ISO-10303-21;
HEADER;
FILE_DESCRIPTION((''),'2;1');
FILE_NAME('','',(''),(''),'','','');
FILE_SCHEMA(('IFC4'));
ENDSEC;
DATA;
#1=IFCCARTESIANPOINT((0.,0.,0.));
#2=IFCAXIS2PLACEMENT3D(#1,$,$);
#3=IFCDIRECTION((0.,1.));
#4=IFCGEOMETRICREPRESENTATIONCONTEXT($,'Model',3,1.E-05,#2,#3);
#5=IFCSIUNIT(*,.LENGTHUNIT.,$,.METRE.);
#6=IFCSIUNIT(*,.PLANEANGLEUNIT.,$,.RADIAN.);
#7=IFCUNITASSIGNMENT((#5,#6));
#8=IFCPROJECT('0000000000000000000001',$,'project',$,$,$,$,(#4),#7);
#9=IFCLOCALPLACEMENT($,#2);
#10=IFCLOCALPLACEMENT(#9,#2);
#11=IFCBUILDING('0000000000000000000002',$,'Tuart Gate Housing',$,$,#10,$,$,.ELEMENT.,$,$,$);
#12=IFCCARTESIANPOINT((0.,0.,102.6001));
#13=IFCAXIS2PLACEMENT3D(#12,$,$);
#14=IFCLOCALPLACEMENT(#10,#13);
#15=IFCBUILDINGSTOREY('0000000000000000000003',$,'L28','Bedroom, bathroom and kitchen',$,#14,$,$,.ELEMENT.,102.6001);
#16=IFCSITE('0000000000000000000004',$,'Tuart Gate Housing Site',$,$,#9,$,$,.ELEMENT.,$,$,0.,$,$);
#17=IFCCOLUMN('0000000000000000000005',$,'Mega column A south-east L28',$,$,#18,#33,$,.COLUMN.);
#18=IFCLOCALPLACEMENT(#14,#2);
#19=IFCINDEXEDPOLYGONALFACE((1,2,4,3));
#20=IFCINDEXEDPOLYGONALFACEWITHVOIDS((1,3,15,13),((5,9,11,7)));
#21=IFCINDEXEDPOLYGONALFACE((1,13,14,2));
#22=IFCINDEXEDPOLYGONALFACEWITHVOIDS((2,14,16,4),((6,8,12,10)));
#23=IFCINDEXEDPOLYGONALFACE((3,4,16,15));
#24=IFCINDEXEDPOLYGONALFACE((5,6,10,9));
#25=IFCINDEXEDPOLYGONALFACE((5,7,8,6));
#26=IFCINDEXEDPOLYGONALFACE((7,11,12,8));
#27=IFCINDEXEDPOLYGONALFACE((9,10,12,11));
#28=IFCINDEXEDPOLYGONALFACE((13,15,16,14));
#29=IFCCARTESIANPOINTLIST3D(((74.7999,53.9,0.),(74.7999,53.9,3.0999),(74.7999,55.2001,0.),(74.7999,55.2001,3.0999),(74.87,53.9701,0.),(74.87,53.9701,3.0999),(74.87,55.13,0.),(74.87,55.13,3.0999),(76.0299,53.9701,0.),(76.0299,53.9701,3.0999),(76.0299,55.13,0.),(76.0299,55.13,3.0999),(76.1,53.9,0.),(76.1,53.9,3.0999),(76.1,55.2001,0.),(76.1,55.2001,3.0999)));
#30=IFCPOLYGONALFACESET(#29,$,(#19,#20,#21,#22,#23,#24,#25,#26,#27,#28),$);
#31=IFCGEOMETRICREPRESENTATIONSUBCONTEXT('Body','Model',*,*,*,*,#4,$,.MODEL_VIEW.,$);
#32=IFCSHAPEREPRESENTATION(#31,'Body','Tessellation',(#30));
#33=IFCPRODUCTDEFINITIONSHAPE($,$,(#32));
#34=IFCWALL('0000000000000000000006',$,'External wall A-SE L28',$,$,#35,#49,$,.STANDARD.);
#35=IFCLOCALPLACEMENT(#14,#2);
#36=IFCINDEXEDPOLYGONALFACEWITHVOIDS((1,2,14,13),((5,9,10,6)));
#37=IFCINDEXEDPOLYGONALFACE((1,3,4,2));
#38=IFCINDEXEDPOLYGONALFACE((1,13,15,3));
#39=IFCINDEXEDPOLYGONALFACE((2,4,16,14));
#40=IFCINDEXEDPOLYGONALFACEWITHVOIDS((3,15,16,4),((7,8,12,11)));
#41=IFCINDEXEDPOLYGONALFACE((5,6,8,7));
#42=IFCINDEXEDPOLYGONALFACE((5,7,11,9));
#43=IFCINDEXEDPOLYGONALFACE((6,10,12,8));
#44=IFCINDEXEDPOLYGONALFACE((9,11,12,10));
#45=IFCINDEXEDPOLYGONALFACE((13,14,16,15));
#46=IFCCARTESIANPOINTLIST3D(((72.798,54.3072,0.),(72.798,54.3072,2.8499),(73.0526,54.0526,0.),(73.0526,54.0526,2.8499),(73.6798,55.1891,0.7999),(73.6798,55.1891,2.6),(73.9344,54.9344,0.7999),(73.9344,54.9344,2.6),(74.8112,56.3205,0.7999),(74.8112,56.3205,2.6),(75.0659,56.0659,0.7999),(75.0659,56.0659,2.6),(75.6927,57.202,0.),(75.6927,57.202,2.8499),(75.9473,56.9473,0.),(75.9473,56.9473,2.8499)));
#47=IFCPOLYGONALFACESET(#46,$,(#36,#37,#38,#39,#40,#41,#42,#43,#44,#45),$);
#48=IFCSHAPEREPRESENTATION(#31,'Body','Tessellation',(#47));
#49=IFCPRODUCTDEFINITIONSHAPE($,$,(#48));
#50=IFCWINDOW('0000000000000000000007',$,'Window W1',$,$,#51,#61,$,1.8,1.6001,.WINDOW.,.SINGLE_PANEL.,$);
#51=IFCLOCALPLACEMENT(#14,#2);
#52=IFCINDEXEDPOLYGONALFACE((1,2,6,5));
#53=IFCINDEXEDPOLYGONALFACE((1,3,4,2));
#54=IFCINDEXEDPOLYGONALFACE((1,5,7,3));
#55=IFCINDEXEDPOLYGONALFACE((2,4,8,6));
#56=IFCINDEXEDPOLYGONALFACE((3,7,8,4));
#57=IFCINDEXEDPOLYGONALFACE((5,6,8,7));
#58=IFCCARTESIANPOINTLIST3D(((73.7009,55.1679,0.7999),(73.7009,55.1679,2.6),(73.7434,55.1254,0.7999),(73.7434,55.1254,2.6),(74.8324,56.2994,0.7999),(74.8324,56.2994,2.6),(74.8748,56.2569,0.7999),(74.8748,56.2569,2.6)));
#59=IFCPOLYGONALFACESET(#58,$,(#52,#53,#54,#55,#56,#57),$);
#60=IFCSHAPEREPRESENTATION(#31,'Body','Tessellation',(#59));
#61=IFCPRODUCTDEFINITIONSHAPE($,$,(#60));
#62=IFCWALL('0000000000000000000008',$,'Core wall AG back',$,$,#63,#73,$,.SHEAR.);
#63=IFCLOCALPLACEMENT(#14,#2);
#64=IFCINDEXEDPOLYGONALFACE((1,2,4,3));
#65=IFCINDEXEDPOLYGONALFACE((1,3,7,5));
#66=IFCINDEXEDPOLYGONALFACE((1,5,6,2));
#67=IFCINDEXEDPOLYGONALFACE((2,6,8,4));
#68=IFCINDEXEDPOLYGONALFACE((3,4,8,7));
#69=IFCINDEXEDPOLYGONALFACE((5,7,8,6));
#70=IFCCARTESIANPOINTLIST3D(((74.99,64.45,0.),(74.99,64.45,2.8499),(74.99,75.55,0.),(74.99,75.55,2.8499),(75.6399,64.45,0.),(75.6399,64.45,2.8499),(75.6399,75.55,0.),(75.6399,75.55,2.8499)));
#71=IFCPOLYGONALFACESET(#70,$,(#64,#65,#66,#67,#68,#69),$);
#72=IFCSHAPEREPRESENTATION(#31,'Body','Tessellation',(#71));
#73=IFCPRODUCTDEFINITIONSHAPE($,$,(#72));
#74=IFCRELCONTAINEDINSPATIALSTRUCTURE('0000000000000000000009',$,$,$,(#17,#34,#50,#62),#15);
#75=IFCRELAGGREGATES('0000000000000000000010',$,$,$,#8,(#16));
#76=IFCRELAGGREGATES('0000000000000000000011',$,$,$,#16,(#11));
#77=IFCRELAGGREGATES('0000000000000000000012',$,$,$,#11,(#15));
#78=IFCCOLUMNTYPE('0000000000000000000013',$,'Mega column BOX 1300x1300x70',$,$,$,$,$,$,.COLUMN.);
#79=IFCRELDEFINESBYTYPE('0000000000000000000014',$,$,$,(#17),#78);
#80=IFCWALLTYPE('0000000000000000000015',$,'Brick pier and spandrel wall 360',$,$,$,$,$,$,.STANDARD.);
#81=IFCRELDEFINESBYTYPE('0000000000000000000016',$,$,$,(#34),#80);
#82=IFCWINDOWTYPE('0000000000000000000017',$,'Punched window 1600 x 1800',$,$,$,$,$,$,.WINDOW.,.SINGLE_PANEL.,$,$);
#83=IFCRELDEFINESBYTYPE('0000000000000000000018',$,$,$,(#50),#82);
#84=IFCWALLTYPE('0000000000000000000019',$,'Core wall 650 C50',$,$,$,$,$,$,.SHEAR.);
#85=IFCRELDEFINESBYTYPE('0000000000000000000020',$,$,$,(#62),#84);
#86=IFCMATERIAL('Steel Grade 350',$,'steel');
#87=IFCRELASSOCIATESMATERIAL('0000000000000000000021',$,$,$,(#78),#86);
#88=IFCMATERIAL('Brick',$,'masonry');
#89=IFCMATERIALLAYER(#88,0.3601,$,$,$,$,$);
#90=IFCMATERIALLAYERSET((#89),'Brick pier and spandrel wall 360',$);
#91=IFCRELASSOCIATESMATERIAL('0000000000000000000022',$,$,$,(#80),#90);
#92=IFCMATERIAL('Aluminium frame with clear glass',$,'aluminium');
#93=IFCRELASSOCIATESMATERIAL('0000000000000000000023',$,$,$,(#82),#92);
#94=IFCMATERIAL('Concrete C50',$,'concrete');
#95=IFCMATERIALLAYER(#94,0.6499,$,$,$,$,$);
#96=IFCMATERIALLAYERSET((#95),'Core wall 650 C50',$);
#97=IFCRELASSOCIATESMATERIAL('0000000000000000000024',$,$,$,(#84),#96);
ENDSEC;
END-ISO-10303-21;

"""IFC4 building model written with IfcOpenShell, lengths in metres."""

from ifc_helpers import new_model, si_unit, direction, frame, frame_2d, origin, origin_2d, place, context, subcontext, project, spatial, rectangle, hollow_rectangle, extrude, material, layer, layer_set, material_profile, profile_set, type_object, element, fill, save


model = new_model("IFC4")

# Units and contexts
model_context = context("Model", 3, precision=1e-05, world=origin(), true_north=direction((0.0, 1.0)))
body_context = subcontext(model_context, "Body", "Model", "MODEL_VIEW")
ifc_project = project(units=[si_unit("LENGTHUNIT", "METRE"), si_unit("PLANEANGLEUNIT", "RADIAN")], contexts=[model_context])

# Site, building, storey
site_placement = place(None, origin())
site = spatial("IfcSite", under=ifc_project, at=site_placement, Name="Tuart Gate Housing Site", CompositionType="ELEMENT", RefElevation=0.0)
building_placement = place(site_placement, origin())
building = spatial("IfcBuilding", under=site, at=building_placement, Name="Tuart Gate Housing", CompositionType="ELEMENT")
storey_placement = place(building_placement, frame((0.0, 0.0, 102.6001)))
storey = spatial("IfcBuildingStorey", under=building, at=storey_placement, Name="L28", Description="Bedroom, bathroom and kitchen", CompositionType="ELEMENT", Elevation=102.6001)

# Column
ifc_material_1 = material(Name="Steel Grade 350", Category="steel")
ifc_material_profile = material_profile(ifc_material_1, hollow_rectangle(XDim=1.3, YDim=1.3, WallThickness=0.0701, at=origin_2d()), Name="BOX 1300x1300x70")
ifc_profile_set = profile_set([ifc_material_profile], Name="Steel Grade 350")
column_type = type_object("IfcColumnType", Name="Mega column BOX 1300x1300x70", PredefinedType="COLUMN", material=ifc_profile_set)
column_placement = place(storey_placement, frame((75.45, 54.55, 0.0), z_axis=(0.0, 0.0, 1.0), x_axis=(1.0, 0.0, 0.0)))
element("IfcColumn", 1, at=column_placement, inside=storey, type_object=column_type, Name="Mega column A south-east L28", PredefinedType="COLUMN", context=body_context, shape_type="SweptSolid", body=[
    extrude(hollow_rectangle(XDim=1.3, YDim=1.3, WallThickness=0.0701, at=origin_2d()), origin(), (0.0, 0.0, 1.0), 3.0999),
])

# Wall, opening, window
ifc_material_2 = material(Name="Brick", Category="masonry")
ifc_layer_1 = layer(ifc_material_2, 0.3601)
ifc_layer_set_1 = layer_set([ifc_layer_1], Name="Brick pier and spandrel wall 360")
wall_type_1 = type_object("IfcWallType", Name="Brick pier and spandrel wall 360", PredefinedType="STANDARD", material=ifc_layer_set_1)
wall_1_placement = place(storey_placement, frame((72.9253, 54.1799, 0.0), z_axis=(0.0, 0.0, 1.0), x_axis=(0.707107, 0.707107, 0.0)))
wall_1 = element("IfcWall", 2, at=wall_1_placement, inside=storey, type_object=wall_type_1, Name="External wall A-SE L28", PredefinedType="STANDARD", context=body_context, shape_type="SweptSolid", body=[
    extrude(rectangle(XDim=4.0938, YDim=0.3601, at=frame_2d((2.0469, 0.0))), origin(), (0.0, 0.0, 1.0), 2.8499),
])
opening_placement = place(wall_1_placement, frame((1.2471, 0.0, 0.8)))
opening = element("IfcOpeningElement", 3, at=opening_placement, cuts=wall_1, PredefinedType="OPENING", context=body_context, shape_type="SweptSolid", body=[
    extrude(rectangle(XDim=1.6001, YDim=1.8, at=frame_2d((0.8, 0.8999))), frame((0.0, 0.1899, 0.0), z_axis=(0.0, -1.0, 0.0), x_axis=(1.0, 0.0, 0.0)), (0.0, 0.0, 1.0), 0.3801),
])
ifc_material_3 = material(Name="Aluminium frame with clear glass", Category="aluminium")
window_type = type_object("IfcWindowType", Name="Punched window 1600 x 1800", PartitioningType="SINGLE_PANEL", PredefinedType="WINDOW", material=ifc_material_3)
window_placement = place(opening_placement, origin())
window = element("IfcWindow", 4, at=window_placement, inside=storey, type_object=window_type, Name="Window W1", OverallHeight=1.8, OverallWidth=1.6001, PartitioningType="SINGLE_PANEL", PredefinedType="WINDOW", context=body_context, shape_type="SweptSolid", body=[
    extrude(rectangle(XDim=1.6001, YDim=1.8, at=frame_2d((0.8, 0.8999))), frame((0.0, 0.1501, 0.0), z_axis=(0.0, -1.0, 0.0), x_axis=(1.0, 0.0, 0.0)), (0.0, 0.0, 1.0), 0.0601),
])
fill(opening, window)

# Wall
ifc_material_4 = material(Name="Concrete C50", Category="concrete")
ifc_layer_2 = layer(ifc_material_4, 0.6499)
ifc_layer_set_2 = layer_set([ifc_layer_2], Name="Core wall 650 C50")
wall_type_2 = type_object("IfcWallType", Name="Core wall 650 C50", PredefinedType="SHEAR", material=ifc_layer_set_2)
wall_2_placement = place(storey_placement, frame((75.3149, 64.45, 0.0), z_axis=(0.0, 0.0, 1.0), x_axis=(0.0, 1.0, 0.0)))
element("IfcWall", 5, at=wall_2_placement, inside=storey, type_object=wall_type_2, Name="Core wall AG back", PredefinedType="SHEAR", context=body_context, shape_type="SweptSolid", body=[
    extrude(rectangle(XDim=11.1001, YDim=0.6499, at=frame_2d((5.55, 0.0))), origin(), (0.0, 0.0, 1.0), 2.8499),
])

save(model, "model.ifc")
